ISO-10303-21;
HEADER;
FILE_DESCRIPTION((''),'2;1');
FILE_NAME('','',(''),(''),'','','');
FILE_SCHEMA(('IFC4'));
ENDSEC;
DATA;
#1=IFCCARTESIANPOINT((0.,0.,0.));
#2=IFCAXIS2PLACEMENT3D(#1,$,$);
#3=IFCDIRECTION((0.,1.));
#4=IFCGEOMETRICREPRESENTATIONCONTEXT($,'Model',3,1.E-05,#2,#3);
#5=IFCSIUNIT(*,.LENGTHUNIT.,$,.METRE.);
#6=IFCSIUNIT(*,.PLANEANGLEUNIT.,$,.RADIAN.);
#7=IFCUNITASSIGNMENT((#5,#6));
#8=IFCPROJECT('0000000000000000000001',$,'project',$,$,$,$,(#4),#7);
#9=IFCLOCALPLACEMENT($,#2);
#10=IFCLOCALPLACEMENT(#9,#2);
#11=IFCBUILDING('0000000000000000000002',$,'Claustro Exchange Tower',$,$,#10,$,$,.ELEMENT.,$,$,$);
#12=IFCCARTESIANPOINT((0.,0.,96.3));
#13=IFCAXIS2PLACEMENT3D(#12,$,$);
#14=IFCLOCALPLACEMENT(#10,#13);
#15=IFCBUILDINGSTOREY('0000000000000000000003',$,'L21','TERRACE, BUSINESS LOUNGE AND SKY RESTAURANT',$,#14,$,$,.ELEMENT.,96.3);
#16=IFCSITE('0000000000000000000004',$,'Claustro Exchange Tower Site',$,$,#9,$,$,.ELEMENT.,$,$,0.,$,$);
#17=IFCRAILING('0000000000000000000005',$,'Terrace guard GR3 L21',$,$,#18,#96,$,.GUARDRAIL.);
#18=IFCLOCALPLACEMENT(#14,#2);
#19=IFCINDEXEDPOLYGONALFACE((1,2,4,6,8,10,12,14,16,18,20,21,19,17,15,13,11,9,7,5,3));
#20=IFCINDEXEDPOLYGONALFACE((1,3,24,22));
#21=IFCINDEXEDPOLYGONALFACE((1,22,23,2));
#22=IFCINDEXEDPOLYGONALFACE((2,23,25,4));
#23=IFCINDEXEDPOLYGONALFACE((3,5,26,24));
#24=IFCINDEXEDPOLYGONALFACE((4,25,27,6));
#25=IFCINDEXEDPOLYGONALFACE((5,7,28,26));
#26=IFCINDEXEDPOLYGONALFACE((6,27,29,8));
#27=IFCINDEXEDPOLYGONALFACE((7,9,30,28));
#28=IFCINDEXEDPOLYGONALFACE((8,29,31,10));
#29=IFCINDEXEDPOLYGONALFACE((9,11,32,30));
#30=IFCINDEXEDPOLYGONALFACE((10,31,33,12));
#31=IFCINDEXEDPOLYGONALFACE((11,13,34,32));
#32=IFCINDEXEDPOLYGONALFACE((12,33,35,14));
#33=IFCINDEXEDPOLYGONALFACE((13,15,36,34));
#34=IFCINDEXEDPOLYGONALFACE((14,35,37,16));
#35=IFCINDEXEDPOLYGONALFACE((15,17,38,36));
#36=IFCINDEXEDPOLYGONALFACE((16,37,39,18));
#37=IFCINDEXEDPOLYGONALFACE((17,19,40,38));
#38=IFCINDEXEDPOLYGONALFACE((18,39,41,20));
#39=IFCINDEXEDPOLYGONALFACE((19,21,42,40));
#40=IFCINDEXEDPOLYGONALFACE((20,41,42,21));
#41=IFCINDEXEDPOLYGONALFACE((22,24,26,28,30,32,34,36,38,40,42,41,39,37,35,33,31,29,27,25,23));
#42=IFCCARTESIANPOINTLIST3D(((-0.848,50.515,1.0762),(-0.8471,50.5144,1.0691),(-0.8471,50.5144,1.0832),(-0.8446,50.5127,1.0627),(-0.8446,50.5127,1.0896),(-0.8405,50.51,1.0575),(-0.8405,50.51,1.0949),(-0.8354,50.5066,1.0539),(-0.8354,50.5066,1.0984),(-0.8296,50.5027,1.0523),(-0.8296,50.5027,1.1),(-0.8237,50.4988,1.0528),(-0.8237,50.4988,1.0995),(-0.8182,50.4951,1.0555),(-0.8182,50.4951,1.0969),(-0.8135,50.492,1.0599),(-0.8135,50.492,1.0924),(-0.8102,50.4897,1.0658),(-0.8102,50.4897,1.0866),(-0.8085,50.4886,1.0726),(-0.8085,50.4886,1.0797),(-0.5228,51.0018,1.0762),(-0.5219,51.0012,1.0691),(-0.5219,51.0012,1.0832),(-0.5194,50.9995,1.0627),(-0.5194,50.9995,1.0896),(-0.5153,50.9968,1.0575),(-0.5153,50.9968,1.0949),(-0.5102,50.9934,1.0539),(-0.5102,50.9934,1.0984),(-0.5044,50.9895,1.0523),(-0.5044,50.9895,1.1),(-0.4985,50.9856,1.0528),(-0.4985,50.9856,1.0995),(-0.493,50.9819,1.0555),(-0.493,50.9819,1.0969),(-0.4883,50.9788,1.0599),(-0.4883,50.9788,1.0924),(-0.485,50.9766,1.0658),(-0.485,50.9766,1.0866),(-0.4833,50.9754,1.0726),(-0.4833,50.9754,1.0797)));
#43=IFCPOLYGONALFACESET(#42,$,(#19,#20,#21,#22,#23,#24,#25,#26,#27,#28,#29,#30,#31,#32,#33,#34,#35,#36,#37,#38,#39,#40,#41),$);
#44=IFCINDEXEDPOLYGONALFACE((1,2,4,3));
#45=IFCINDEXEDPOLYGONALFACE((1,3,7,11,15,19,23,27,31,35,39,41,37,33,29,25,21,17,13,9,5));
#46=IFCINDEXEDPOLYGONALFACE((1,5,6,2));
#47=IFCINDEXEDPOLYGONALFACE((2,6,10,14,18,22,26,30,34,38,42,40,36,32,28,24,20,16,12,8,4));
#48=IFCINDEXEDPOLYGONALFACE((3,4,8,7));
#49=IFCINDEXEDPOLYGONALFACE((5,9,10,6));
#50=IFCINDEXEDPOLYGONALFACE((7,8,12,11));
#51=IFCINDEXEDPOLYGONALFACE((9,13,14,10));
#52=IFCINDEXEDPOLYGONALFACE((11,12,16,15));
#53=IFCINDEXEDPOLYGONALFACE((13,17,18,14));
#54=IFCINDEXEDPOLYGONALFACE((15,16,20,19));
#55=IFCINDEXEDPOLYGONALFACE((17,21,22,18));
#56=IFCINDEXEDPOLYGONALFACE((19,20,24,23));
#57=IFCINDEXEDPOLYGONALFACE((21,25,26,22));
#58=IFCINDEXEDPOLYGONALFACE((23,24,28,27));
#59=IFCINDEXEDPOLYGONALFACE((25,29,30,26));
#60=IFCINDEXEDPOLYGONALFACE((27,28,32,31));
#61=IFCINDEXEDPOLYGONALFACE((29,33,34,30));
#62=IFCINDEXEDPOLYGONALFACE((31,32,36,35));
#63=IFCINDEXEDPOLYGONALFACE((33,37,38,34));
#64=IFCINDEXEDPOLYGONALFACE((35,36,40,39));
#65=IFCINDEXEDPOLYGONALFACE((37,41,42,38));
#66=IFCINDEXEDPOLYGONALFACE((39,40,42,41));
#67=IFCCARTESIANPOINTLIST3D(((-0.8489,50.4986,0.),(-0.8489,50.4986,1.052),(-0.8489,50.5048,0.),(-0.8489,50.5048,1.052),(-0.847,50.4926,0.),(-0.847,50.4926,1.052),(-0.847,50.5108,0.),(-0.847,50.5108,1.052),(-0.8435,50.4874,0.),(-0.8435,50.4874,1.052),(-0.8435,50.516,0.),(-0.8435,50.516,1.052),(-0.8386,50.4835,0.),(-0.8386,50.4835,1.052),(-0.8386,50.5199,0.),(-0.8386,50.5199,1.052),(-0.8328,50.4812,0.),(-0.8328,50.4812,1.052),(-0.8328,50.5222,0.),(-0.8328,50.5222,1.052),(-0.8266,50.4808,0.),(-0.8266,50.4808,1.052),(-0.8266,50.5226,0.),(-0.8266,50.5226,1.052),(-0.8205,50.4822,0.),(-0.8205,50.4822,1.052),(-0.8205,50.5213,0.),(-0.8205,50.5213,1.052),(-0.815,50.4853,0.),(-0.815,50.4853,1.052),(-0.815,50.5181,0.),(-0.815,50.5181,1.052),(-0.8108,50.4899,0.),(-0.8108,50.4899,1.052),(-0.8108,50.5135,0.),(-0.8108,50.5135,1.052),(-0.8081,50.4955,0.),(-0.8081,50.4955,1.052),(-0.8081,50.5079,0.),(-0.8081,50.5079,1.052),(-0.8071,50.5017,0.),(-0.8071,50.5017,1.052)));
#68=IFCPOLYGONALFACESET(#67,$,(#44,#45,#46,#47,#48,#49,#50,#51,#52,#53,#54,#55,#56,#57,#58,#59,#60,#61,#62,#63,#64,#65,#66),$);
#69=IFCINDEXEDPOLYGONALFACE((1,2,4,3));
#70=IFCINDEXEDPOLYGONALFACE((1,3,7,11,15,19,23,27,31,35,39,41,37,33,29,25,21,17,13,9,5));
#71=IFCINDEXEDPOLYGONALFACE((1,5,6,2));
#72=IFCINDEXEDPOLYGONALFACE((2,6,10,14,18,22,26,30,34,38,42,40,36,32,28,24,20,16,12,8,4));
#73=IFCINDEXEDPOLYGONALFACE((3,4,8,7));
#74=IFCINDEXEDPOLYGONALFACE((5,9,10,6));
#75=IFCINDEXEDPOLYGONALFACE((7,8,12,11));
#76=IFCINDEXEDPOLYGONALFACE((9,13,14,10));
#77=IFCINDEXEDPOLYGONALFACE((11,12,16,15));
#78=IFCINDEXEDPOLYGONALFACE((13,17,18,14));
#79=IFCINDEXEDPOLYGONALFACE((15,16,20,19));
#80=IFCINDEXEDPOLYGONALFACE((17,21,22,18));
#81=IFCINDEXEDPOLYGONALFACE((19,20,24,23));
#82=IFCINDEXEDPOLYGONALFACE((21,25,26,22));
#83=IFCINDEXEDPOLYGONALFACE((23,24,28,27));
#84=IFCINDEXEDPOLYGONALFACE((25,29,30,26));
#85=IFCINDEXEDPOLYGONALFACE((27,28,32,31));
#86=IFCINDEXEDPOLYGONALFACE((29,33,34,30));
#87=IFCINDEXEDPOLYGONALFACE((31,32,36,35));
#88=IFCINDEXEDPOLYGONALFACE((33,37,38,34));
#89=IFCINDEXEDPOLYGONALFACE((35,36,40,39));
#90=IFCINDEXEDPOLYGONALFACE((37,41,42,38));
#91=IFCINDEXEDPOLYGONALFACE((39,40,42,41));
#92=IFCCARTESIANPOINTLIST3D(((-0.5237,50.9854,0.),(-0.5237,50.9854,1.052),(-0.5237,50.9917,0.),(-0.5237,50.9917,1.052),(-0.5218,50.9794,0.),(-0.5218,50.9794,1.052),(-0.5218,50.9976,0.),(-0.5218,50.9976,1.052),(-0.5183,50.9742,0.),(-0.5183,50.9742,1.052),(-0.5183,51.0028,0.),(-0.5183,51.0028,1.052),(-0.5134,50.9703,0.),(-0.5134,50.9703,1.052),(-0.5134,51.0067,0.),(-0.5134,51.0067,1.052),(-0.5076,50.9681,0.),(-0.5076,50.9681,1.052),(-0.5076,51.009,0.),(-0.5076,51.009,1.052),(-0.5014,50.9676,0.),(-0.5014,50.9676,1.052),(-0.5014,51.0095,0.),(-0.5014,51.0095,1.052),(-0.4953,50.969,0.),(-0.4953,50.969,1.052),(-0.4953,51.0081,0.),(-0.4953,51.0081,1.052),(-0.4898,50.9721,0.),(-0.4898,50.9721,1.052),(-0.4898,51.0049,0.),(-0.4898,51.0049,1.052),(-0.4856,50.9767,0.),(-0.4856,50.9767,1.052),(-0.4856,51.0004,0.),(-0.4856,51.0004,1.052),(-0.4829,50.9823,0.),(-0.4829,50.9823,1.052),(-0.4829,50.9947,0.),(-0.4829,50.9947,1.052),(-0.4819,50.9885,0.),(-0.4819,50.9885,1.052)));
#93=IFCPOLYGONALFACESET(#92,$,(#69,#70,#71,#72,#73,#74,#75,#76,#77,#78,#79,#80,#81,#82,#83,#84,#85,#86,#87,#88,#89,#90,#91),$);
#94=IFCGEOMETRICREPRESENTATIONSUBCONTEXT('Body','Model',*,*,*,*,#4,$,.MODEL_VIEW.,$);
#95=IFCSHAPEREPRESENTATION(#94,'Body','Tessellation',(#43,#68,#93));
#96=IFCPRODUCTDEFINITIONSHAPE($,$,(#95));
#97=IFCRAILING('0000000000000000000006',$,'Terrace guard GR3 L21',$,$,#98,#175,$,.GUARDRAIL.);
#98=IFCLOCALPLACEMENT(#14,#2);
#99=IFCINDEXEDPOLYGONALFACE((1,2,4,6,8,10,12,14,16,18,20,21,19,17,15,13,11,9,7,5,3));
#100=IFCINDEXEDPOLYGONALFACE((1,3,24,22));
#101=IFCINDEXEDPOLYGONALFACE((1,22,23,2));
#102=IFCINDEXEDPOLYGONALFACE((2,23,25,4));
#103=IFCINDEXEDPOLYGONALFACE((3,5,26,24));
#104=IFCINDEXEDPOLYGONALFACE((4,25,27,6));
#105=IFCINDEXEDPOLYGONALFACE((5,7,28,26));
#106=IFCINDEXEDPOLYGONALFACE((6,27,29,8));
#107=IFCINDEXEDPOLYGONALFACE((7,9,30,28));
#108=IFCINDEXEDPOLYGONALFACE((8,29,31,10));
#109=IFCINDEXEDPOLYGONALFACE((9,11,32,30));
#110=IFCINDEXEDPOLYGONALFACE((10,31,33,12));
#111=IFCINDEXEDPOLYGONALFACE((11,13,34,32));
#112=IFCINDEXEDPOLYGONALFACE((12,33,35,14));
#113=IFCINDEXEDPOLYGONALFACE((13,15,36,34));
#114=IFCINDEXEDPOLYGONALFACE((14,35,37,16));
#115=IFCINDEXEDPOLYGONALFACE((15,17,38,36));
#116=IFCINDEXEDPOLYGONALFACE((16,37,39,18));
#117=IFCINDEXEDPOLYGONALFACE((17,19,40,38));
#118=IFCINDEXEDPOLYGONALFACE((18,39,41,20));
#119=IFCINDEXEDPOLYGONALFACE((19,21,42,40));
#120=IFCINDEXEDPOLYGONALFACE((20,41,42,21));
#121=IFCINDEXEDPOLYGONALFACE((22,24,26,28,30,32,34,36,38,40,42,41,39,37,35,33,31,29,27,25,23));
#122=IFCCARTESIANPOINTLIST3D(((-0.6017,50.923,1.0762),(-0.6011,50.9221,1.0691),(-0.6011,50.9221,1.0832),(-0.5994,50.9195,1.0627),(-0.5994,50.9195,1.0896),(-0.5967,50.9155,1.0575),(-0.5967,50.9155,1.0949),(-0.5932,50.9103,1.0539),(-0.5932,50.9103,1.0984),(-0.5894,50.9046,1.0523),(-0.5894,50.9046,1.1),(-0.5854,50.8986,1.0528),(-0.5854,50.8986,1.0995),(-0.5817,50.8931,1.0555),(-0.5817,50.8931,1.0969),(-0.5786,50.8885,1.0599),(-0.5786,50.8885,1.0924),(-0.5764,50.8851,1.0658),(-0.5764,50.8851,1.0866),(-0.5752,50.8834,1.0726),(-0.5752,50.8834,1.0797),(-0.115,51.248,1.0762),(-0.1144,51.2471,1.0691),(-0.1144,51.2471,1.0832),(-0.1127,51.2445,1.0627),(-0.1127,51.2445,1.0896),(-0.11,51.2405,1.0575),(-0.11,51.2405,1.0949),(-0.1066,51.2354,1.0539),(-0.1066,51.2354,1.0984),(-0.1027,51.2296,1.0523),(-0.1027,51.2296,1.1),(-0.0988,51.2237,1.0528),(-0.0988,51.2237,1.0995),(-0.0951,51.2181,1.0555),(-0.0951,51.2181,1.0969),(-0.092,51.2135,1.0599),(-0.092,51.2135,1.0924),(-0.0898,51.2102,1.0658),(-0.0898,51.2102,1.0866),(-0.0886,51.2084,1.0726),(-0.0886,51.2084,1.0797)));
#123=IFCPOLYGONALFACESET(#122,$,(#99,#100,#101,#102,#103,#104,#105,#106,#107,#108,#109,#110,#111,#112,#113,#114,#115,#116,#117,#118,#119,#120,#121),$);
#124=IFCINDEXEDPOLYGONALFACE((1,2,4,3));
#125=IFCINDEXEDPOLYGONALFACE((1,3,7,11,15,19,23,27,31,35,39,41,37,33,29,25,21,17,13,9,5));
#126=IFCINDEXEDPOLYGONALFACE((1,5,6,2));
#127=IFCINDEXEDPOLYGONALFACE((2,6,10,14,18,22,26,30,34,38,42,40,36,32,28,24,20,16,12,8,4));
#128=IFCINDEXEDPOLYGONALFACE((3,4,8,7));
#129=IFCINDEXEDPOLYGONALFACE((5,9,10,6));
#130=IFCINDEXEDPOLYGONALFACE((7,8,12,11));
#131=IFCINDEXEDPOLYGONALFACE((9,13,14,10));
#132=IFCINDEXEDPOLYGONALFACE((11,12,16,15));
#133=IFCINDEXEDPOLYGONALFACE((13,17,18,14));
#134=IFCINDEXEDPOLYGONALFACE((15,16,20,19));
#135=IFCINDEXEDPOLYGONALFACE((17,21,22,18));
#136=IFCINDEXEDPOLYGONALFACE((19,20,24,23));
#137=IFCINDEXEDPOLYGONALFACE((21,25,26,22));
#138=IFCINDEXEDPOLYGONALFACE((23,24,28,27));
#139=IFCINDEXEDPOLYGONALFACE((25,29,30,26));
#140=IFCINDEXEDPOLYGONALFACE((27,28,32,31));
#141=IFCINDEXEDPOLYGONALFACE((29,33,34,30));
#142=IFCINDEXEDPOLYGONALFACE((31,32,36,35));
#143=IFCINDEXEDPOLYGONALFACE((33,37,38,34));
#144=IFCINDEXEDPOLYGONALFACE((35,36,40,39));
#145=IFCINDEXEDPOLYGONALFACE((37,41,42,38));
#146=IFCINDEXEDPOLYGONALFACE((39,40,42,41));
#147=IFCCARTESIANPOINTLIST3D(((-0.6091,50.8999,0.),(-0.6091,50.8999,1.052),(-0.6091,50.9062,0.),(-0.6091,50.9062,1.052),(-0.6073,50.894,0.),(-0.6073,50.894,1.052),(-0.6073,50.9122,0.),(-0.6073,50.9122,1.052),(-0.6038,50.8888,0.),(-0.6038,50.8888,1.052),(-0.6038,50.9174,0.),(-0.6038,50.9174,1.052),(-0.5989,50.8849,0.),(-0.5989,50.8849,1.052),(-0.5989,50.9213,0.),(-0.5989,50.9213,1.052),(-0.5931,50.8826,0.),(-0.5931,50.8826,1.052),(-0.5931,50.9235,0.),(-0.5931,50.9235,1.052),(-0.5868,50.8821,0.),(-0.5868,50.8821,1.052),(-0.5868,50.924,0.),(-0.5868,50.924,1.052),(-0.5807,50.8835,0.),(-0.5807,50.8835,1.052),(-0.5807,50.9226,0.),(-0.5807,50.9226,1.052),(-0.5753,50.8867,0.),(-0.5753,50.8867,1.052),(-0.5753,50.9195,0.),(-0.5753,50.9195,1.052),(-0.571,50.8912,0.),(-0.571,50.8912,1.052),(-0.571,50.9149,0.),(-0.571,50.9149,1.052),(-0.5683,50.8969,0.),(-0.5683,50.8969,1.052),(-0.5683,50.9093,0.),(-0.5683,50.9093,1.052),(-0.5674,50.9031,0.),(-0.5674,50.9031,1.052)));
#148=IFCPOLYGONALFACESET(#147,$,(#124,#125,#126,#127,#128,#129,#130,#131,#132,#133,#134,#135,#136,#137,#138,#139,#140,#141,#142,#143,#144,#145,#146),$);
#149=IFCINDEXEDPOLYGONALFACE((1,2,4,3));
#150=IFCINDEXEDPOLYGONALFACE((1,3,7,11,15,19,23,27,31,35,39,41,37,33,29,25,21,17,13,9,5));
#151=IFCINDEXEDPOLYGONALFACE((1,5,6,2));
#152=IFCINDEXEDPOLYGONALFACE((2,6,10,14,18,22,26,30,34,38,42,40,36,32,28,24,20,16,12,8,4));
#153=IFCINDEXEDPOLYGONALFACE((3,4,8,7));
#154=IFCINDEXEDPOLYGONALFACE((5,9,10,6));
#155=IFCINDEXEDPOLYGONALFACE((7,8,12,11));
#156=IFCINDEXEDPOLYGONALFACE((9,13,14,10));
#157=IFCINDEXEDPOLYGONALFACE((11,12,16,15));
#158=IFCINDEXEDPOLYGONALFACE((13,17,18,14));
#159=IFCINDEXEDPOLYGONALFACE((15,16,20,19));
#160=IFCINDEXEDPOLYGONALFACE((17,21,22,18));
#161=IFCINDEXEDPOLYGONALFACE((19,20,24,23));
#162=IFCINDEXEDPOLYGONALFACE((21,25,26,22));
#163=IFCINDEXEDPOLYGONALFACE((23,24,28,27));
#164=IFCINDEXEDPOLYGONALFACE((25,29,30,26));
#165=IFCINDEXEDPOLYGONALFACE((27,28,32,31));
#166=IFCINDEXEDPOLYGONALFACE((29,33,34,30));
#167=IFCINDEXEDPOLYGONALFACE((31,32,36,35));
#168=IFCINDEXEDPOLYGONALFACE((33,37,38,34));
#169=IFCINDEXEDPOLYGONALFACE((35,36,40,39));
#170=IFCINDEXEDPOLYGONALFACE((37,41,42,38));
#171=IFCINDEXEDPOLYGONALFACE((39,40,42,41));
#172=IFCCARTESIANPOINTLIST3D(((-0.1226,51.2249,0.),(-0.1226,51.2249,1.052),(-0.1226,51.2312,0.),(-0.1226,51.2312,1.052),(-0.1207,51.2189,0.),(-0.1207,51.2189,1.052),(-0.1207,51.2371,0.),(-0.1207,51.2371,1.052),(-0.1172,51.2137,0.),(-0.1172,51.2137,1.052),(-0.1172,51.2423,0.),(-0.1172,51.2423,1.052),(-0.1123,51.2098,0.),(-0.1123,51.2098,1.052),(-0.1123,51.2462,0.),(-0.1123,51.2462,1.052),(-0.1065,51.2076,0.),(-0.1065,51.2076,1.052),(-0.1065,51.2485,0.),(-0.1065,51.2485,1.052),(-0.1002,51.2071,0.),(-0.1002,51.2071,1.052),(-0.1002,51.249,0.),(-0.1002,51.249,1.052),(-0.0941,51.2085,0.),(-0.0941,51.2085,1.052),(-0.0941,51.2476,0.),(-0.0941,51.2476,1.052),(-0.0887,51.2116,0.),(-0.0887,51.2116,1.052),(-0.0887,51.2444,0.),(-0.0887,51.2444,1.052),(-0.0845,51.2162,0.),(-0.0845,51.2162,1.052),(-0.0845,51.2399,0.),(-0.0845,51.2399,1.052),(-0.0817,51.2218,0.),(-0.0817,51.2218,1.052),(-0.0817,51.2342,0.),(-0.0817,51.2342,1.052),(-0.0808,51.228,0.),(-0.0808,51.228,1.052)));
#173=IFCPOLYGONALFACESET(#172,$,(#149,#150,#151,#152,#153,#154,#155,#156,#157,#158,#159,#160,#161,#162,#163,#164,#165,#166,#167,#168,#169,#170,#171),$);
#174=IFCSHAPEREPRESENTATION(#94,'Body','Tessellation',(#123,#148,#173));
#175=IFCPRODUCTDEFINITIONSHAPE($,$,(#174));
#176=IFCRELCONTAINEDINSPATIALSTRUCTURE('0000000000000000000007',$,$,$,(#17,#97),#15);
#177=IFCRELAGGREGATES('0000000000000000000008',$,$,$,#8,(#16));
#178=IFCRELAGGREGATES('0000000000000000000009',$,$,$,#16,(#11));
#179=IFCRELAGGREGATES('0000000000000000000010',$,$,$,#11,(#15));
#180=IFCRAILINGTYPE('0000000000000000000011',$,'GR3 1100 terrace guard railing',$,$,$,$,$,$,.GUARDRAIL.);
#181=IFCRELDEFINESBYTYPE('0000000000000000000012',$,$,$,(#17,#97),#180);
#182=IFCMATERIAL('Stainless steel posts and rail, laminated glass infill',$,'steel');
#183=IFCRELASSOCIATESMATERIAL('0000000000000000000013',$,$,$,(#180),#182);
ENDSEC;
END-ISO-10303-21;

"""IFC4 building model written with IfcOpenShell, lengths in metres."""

from ifc_helpers import new_model, si_unit, direction, frame, origin, origin_2d, place, context, subcontext, project, spatial, circle, extrude, material, type_object, element, save


model = new_model("IFC4")

# Units and contexts
model_context = context("Model", 3, precision=1e-05, world=origin(), true_north=direction((0.0, 1.0)))
body_context = subcontext(model_context, "Body", "Model", "MODEL_VIEW")
ifc_project = project(units=[si_unit("LENGTHUNIT", "METRE"), si_unit("PLANEANGLEUNIT", "RADIAN")], contexts=[model_context])

# Site, building, storey
site_placement = place(None, origin())
site = spatial("IfcSite", under=ifc_project, at=site_placement, Name="Claustro Exchange Tower Site", CompositionType="ELEMENT", RefElevation=0.0)
building_placement = place(site_placement, origin())
building = spatial("IfcBuilding", under=site, at=building_placement, Name="Claustro Exchange Tower", CompositionType="ELEMENT")
storey_placement = place(building_placement, frame((0.0, 0.0, 96.3)))
storey = spatial("IfcBuildingStorey", under=building, at=storey_placement, Name="L21", Description="TERRACE, BUSINESS LOUNGE AND SKY RESTAURANT", CompositionType="ELEMENT", Elevation=96.3)

# Railings
ifc_material_1 = material(Name="Stainless steel posts and rail, laminated glass infill", Category="steel")
railing_type = type_object("IfcRailingType", Name="GR3 1100 terrace guard railing", PredefinedType="GUARDRAIL", material=ifc_material_1)
railing_1_placement = place(storey_placement, frame((-0.8281, 50.5017, 0.0)))
element("IfcRailing", 1, at=railing_1_placement, inside=storey, type_object=railing_type, Name="Terrace guard GR3 L21", PredefinedType="GUARDRAIL", context=body_context, shape_type="SweptSolid", body=[
    extrude(circle(Radius=0.0239, at=origin_2d()), frame((0.0, 0.0, 1.0762), z_axis=(0.55547, 0.831537, 0.0), x_axis=(-0.831537, 0.55547, 0.0)), (0.0, 0.0, 1.0), 0.5854),
    extrude(circle(Radius=0.021, at=origin_2d()), origin(), (0.0, 0.0, 1.0), 1.052),
    extrude(circle(Radius=0.021, at=origin_2d()), frame((0.3252, 0.4868, 0.0)), (0.0, 0.0, 1.0), 1.052),
])
railing_2_placement = place(storey_placement, frame((-0.5884, 50.9031, 0.0)))
element("IfcRailing", 2, at=railing_2_placement, inside=storey, type_object=railing_type, Name="Terrace guard GR3 L21", PredefinedType="GUARDRAIL", context=body_context, shape_type="SweptSolid", body=[
    extrude(circle(Radius=0.0239, at=origin_2d()), frame((0.0, 0.0, 1.0762), z_axis=(0.831601, 0.555374, 0.0), x_axis=(-0.555374, 0.831601, 0.0)), (0.0, 0.0, 1.0), 0.5852),
    extrude(circle(Radius=0.021, at=origin_2d()), origin(), (0.0, 0.0, 1.0), 1.052),
    extrude(circle(Radius=0.021, at=origin_2d()), frame((0.4866, 0.325, 0.0)), (0.0, 0.0, 1.0), 1.052),
])

save(model, "model.ifc")
